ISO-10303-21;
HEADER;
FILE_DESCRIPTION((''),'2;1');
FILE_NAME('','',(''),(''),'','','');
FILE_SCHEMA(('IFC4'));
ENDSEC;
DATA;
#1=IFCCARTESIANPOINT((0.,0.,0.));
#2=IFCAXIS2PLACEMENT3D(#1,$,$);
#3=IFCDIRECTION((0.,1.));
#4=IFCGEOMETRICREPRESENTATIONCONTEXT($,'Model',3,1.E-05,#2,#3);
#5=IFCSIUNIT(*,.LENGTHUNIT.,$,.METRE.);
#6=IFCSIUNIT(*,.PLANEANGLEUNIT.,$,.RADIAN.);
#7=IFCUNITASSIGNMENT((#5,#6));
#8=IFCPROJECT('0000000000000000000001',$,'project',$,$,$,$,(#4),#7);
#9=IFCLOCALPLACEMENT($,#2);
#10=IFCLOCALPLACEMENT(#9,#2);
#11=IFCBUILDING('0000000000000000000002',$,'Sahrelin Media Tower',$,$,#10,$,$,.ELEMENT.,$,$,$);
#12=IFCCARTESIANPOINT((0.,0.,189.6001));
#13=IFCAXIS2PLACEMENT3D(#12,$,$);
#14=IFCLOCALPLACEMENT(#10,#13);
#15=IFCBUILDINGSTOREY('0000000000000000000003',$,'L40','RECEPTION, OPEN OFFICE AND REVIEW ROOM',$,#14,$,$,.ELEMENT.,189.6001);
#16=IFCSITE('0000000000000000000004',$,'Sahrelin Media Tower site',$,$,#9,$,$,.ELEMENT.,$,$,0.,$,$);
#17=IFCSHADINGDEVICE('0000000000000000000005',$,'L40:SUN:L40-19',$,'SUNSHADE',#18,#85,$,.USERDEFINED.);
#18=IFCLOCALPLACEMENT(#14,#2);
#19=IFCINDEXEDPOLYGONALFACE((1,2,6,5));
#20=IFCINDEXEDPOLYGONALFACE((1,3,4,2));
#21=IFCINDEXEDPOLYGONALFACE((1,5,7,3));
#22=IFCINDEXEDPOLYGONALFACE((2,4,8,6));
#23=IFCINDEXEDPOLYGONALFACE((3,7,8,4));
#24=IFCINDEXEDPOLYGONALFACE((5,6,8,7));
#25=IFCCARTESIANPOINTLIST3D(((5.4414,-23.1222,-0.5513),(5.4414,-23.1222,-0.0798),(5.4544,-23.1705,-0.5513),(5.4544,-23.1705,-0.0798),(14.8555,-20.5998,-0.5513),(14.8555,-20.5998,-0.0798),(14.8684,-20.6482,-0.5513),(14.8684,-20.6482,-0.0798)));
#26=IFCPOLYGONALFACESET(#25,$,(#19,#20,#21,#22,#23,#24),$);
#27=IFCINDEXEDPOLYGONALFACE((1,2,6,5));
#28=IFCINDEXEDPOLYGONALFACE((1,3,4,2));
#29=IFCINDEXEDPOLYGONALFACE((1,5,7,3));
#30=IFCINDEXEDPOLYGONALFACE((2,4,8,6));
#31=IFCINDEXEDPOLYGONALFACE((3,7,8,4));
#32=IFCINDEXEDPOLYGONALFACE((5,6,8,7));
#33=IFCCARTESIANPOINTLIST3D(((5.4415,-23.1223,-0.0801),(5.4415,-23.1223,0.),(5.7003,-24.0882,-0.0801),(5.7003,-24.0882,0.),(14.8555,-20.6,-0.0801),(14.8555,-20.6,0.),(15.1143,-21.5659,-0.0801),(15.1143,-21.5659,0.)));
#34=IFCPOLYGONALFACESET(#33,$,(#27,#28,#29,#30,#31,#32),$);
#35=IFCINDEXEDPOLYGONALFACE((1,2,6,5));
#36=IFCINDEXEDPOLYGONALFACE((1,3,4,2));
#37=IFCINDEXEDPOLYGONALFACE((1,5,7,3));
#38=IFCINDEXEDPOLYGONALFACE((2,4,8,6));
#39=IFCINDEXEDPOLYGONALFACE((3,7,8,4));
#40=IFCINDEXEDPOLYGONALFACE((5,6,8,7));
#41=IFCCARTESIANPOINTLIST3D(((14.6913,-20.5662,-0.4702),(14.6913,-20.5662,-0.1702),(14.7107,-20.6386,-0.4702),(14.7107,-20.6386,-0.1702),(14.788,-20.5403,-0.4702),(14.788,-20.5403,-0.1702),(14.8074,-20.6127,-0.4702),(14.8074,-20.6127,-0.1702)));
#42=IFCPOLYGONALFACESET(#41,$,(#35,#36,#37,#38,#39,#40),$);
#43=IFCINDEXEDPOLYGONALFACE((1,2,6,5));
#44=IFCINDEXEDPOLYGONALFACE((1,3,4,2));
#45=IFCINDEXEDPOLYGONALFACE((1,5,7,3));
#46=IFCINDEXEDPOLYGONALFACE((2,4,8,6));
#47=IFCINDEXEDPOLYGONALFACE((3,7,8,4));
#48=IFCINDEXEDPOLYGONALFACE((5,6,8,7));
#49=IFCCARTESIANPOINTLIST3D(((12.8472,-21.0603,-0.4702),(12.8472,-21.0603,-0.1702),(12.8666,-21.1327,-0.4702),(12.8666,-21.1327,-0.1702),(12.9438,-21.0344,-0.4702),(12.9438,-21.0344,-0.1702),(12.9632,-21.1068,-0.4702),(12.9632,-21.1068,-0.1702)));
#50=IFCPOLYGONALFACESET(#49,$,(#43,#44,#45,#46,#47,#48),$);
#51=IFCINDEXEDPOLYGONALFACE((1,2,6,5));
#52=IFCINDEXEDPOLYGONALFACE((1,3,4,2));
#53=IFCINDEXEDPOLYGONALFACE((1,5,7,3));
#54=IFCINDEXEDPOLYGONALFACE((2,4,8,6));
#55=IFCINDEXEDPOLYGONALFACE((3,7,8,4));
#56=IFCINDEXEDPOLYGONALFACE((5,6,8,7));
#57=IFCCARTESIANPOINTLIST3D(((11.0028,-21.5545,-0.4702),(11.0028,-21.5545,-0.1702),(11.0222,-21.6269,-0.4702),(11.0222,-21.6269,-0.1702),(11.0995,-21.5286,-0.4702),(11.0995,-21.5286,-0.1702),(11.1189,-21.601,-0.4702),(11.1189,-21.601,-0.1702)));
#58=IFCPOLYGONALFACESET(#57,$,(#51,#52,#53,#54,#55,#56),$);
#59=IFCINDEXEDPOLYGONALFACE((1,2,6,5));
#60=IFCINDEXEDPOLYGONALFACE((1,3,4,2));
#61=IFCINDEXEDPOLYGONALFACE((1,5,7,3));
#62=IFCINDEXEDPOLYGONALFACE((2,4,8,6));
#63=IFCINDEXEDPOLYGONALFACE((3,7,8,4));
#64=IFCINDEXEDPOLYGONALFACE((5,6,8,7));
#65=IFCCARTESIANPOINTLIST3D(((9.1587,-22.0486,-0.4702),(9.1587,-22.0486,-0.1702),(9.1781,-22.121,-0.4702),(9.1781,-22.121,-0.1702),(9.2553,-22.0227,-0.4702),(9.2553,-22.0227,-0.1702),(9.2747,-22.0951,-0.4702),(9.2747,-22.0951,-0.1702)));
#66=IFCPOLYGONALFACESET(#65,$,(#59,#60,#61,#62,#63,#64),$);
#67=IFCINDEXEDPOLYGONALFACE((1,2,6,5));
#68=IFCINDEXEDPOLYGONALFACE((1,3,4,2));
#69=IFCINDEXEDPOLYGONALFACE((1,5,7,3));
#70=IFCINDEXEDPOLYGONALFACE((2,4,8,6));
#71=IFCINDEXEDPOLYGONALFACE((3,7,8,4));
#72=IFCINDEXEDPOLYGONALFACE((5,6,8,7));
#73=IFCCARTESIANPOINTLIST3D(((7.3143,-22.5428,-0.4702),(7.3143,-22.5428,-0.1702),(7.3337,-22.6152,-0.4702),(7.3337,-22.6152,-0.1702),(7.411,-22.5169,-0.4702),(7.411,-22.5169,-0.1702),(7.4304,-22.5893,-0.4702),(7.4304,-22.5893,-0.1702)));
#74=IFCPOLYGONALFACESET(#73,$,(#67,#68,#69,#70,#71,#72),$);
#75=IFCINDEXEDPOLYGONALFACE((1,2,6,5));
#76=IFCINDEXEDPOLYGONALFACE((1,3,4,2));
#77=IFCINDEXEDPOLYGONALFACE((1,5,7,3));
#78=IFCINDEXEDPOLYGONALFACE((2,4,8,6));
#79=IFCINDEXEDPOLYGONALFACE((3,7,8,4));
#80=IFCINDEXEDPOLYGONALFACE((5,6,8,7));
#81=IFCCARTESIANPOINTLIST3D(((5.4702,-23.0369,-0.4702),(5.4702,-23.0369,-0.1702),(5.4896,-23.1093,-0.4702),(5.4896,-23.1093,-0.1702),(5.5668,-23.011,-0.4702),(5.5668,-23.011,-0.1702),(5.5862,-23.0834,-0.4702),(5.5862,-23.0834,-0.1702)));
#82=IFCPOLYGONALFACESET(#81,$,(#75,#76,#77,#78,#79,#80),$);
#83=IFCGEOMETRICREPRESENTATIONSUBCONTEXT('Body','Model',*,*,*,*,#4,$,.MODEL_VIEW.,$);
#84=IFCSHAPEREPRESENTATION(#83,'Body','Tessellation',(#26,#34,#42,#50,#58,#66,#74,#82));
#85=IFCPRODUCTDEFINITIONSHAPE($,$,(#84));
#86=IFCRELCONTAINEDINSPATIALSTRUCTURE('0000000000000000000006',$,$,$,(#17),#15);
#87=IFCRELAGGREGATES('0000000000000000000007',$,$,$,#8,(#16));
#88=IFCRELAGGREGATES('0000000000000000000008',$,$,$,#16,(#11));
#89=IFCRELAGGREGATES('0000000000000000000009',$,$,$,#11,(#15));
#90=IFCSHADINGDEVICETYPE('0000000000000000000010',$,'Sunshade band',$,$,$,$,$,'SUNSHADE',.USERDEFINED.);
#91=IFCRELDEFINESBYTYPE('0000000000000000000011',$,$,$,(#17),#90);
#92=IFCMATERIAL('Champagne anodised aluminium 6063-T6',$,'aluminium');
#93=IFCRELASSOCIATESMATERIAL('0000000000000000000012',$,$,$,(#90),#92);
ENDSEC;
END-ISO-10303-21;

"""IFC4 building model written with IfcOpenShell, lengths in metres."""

from ifc_helpers import new_model, si_unit, direction, frame, origin, origin_2d, place, context, subcontext, project, spatial, rectangle, extrude, material, type_object, element, save


model = new_model("IFC4")

# Units and contexts
model_context = context("Model", 3, precision=1e-05, world=origin(), true_north=direction((0.0, 1.0)))
body_context = subcontext(model_context, "Body", "Model", "MODEL_VIEW")
ifc_project = project(units=[si_unit("LENGTHUNIT", "METRE"), si_unit("PLANEANGLEUNIT", "RADIAN")], contexts=[model_context])

# Site, building, storey
site_placement = place(None, origin())
site = spatial("IfcSite", under=ifc_project, at=site_placement, Name="Sahrelin Media Tower site", CompositionType="ELEMENT", RefElevation=0.0)
building_placement = place(site_placement, origin())
building = spatial("IfcBuilding", under=site, at=building_placement, Name="Sahrelin Media Tower", CompositionType="ELEMENT")
storey_placement = place(building_placement, frame((0.0, 0.0, 189.6001)))
storey = spatial("IfcBuildingStorey", under=building, at=storey_placement, Name="L40", Description="RECEPTION, OPEN OFFICE AND REVIEW ROOM", CompositionType="ELEMENT", Elevation=189.6001)

# Shared definitions
ifc_material_1 = material(Name="Champagne anodised aluminium 6063-T6", Category="aluminium")

# Shading device
placement_1 = place(storey_placement, frame((10.1433, -21.8418, 0.0), z_axis=(0.0, 0.0, 1.0), x_axis=(-0.965929, -0.258808, 0.0)))
shading_device_type_1 = type_object("IfcShadingDeviceType", Name="Sunshade band", ElementType="SUNSHADE", PredefinedType="USERDEFINED", material=ifc_material_1)
element("IfcShadingDevice", 1, at=placement_1, inside=storey, type_object=shading_device_type_1, Name="L40:SUN:L40-19", ObjectType="SUNSHADE", PredefinedType="USERDEFINED", context=body_context, shape_type="SweptSolid", body=[
    extrude(rectangle(XDim=9.7461, YDim=0.05, at=origin_2d()), frame((0.0, 0.0449, -0.5513)), (0.0, 0.0, 1.0), 0.4714),
    extrude(rectangle(XDim=9.7461, YDim=1.0, at=origin_2d()), frame((0.0, 0.52, -0.0801)), (0.0, 0.0, 1.0), 0.0801),
    extrude(rectangle(XDim=0.1001, YDim=0.075, at=origin_2d()), frame((-4.7732, -0.0176, -0.4702)), (0.0, 0.0, 1.0), 0.3),
    extrude(rectangle(XDim=0.1001, YDim=0.075, at=origin_2d()), frame((-2.864, -0.0176, -0.4702)), (0.0, 0.0, 1.0), 0.3),
    extrude(rectangle(XDim=0.1001, YDim=0.075, at=origin_2d()), frame((-0.9546, -0.0176, -0.4702)), (0.0, 0.0, 1.0), 0.3),
    extrude(rectangle(XDim=0.1001, YDim=0.075, at=origin_2d()), frame((0.9546, -0.0176, -0.4702)), (0.0, 0.0, 1.0), 0.3),
    extrude(rectangle(XDim=0.1001, YDim=0.075, at=origin_2d()), frame((2.864, -0.0176, -0.4702)), (0.0, 0.0, 1.0), 0.3),
    extrude(rectangle(XDim=0.1001, YDim=0.075, at=origin_2d()), frame((4.7732, -0.0176, -0.4702)), (0.0, 0.0, 1.0), 0.3),
])

save(model, "model.ifc")
